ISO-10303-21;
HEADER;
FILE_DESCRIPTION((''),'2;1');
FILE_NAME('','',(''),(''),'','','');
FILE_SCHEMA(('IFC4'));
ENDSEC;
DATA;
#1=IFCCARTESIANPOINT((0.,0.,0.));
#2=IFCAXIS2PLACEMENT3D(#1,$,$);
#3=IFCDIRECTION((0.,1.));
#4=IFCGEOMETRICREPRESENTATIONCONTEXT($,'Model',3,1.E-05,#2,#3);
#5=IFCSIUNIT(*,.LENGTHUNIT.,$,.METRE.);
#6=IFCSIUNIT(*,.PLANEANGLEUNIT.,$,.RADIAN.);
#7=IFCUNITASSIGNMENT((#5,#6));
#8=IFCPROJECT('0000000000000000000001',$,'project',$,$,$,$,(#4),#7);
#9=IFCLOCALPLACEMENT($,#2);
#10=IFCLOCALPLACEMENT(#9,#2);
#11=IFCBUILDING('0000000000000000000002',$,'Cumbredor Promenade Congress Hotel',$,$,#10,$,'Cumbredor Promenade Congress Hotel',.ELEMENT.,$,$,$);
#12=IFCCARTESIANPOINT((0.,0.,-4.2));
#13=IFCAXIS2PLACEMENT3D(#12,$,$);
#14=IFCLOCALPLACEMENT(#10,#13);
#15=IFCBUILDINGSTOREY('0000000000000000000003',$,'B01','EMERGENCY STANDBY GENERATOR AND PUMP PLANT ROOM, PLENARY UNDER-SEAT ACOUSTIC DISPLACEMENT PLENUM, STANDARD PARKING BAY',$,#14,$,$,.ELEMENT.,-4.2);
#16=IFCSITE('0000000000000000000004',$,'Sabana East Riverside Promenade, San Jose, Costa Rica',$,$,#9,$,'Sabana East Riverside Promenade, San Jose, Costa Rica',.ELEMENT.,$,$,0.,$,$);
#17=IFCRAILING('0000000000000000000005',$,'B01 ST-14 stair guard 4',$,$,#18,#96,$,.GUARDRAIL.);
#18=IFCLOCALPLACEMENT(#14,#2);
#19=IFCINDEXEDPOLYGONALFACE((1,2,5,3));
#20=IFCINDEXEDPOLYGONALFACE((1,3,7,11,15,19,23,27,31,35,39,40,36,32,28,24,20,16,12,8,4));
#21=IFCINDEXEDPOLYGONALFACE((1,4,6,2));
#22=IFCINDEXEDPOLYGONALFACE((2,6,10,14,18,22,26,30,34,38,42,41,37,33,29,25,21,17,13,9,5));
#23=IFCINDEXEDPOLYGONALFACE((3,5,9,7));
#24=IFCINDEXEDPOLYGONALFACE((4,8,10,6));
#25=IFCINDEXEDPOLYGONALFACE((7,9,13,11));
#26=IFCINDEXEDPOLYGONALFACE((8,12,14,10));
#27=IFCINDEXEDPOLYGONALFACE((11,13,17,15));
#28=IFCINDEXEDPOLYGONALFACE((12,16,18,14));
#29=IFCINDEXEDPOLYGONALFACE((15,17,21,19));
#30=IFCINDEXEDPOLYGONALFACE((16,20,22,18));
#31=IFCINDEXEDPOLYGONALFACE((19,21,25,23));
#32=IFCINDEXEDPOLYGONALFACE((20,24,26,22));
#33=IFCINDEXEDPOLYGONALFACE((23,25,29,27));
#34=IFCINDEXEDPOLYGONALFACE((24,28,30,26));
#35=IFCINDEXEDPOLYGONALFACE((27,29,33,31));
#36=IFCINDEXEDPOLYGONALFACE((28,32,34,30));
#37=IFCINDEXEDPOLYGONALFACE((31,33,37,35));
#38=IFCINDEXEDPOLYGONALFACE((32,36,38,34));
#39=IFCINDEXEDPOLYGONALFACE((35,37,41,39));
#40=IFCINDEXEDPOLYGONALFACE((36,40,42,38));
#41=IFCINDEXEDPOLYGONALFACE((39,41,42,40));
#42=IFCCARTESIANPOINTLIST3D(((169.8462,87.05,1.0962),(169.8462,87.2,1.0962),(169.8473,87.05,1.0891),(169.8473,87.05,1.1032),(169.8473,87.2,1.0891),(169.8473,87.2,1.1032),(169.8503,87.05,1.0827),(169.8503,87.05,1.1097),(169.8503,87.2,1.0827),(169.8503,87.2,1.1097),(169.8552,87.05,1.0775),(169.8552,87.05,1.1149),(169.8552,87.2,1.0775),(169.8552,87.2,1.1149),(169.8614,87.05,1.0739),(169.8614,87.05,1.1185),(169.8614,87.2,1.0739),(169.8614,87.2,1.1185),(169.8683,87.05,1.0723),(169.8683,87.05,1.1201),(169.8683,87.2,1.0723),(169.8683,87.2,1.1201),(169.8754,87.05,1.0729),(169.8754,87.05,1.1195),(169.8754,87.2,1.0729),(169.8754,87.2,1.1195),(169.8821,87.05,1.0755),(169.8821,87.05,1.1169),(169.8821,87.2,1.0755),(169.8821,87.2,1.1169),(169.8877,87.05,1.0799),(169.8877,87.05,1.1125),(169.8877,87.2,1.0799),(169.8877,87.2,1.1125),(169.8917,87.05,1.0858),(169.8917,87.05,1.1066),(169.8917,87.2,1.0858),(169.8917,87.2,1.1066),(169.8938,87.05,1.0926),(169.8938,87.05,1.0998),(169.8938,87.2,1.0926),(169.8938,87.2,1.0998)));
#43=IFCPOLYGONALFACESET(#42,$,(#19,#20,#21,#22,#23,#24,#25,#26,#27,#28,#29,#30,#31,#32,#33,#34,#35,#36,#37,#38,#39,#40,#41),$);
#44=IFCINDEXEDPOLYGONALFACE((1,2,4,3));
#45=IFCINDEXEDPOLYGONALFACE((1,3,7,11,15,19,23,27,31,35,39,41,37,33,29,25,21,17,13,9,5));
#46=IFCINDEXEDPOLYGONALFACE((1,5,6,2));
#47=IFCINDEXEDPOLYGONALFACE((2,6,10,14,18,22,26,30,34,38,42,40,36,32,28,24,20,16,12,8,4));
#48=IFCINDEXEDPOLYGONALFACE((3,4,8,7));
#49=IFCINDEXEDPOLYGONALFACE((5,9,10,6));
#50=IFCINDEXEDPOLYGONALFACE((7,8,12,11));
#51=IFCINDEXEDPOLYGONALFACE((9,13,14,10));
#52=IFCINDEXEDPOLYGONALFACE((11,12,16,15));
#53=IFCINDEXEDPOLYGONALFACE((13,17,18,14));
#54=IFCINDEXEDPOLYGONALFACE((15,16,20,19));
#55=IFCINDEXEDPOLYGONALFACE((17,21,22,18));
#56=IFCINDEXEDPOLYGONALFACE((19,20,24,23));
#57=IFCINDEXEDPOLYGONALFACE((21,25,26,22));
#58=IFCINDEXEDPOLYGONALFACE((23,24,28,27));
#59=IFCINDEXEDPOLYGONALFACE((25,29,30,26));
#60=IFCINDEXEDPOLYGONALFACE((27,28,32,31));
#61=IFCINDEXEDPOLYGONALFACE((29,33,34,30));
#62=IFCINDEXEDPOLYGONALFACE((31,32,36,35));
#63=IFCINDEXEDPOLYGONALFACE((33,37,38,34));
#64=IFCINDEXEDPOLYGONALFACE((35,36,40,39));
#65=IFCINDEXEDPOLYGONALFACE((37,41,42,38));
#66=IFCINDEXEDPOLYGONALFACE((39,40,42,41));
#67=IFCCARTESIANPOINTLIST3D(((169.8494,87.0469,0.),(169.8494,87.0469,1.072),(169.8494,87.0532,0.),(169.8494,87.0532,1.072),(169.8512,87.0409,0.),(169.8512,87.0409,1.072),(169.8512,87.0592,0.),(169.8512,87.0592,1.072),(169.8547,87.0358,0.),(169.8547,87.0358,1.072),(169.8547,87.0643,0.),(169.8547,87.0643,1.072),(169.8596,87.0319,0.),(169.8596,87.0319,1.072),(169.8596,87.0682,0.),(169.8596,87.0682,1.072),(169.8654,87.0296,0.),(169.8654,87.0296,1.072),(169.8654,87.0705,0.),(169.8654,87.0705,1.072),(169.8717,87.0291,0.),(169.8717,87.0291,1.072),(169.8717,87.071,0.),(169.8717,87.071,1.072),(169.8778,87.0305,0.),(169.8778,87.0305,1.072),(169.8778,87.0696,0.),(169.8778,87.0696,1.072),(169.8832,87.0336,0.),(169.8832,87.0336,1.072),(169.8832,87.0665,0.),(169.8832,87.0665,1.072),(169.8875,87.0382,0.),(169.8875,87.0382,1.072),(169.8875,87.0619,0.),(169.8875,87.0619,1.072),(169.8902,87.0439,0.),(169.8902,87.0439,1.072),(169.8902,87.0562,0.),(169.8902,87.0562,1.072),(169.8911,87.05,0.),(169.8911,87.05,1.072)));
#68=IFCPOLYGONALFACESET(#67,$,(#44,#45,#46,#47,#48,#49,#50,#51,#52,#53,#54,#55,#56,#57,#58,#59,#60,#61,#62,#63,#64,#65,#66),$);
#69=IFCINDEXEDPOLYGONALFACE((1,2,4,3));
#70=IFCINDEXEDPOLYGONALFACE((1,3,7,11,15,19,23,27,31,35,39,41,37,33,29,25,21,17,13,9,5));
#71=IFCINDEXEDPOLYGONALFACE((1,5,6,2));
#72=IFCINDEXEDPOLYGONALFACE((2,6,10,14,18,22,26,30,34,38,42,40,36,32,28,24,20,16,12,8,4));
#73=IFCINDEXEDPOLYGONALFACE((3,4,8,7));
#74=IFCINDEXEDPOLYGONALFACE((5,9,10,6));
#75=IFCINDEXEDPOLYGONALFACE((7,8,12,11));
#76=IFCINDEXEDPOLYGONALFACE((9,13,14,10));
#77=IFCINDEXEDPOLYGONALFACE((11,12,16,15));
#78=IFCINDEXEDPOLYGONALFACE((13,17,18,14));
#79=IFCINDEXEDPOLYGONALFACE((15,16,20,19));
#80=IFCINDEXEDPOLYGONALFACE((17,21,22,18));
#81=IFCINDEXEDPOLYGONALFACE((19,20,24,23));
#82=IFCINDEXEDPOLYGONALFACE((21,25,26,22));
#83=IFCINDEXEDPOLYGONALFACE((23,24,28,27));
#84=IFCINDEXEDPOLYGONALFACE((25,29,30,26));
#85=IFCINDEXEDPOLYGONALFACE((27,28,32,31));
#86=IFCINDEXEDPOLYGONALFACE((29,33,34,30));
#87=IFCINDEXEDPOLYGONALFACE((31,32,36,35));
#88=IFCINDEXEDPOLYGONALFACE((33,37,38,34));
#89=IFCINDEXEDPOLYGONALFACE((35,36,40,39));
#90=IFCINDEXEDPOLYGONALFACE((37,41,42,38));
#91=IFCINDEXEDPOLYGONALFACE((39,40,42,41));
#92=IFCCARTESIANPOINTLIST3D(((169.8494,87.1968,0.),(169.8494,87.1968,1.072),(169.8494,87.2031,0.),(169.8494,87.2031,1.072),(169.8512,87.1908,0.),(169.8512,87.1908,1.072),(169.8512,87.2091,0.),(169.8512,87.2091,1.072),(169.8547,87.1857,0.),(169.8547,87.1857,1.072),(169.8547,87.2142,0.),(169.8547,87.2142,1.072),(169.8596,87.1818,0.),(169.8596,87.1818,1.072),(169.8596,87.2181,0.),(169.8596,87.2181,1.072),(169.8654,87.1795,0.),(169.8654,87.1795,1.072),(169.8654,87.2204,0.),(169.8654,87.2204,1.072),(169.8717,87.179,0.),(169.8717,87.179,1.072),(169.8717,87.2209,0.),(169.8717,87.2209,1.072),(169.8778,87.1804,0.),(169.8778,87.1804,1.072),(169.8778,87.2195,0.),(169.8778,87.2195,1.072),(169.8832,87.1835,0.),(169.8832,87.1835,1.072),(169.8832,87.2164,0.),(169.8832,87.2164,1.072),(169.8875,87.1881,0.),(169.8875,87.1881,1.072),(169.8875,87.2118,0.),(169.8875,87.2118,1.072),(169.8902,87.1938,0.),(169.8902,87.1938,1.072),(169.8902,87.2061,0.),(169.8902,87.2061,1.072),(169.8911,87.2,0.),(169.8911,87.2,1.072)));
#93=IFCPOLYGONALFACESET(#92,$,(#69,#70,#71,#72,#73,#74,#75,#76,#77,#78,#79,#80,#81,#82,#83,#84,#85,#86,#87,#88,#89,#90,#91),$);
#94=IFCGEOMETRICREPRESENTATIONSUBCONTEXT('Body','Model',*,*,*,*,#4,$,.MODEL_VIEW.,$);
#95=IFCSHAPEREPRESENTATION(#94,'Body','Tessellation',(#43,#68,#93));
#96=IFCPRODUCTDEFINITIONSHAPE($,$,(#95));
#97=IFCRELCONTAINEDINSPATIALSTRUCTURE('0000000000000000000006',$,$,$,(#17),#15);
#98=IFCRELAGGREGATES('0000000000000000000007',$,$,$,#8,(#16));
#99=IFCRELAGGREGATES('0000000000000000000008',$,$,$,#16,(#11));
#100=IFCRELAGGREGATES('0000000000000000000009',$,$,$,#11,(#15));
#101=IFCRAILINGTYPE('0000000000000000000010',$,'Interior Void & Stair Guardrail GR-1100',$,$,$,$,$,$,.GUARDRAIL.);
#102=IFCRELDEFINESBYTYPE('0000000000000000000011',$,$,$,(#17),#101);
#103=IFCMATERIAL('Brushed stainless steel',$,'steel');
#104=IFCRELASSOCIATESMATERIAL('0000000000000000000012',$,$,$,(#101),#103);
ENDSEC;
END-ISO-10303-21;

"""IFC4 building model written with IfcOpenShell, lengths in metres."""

from ifc_helpers import new_model, si_unit, direction, frame, origin, origin_2d, place, context, subcontext, project, spatial, circle, extrude, material, type_object, element, save


model = new_model("IFC4")

# Units and contexts
model_context = context("Model", 3, precision=1e-05, world=origin(), true_north=direction((0.0, 1.0)))
body_context = subcontext(model_context, "Body", "Model", "MODEL_VIEW")
ifc_project = project(units=[si_unit("LENGTHUNIT", "METRE"), si_unit("PLANEANGLEUNIT", "RADIAN")], contexts=[model_context])

# Site, building, storey
site_placement = place(None, origin())
site = spatial("IfcSite", under=ifc_project, at=site_placement, Name="Sabana East Riverside Promenade, San Jose, Costa Rica", LongName="Sabana East Riverside Promenade, San Jose, Costa Rica", CompositionType="ELEMENT", RefElevation=0.0)
building_placement = place(site_placement, origin())
building = spatial("IfcBuilding", under=site, at=building_placement, Name="Cumbredor Promenade Congress Hotel", LongName="Cumbredor Promenade Congress Hotel", CompositionType="ELEMENT")
storey_placement = place(building_placement, frame((0.0, 0.0, -4.2)))
storey = spatial("IfcBuildingStorey", under=building, at=storey_placement, Name="B01", Description="EMERGENCY STANDBY GENERATOR AND PUMP PLANT ROOM, PLENARY UNDER-SEAT ACOUSTIC DISPLACEMENT PLENUM, STANDARD PARKING BAY", CompositionType="ELEMENT", Elevation=-4.2)

# Railing
ifc_material_1 = material(Name="Brushed stainless steel", Category="steel")
railing_type_1 = type_object("IfcRailingType", Name="Interior Void & Stair Guardrail GR-1100", PredefinedType="GUARDRAIL", material=ifc_material_1)
railing_1_placement = place(storey_placement, frame((169.8701, 87.05, 0.0)))
element("IfcRailing", 1, at=railing_1_placement, inside=storey, type_object=railing_type_1, Name="B01 ST-14 stair guard 4", PredefinedType="GUARDRAIL", context=body_context, shape_type="SweptSolid", body=[
    extrude(circle(Radius=0.0239, at=origin_2d()), frame((0.0, 0.0, 1.0962), z_axis=(0.0, 1.0, 0.0), x_axis=(-1.0, 0.0, 0.0)), (0.0, 0.0, 1.0), 0.1499),
    extrude(circle(Radius=0.021, at=origin_2d()), origin(), (0.0, 0.0, 1.0), 1.072),
    extrude(circle(Radius=0.021, at=origin_2d()), frame((0.0, 0.1499, 0.0)), (0.0, 0.0, 1.0), 1.072),
])

save(model, "model.ifc")
